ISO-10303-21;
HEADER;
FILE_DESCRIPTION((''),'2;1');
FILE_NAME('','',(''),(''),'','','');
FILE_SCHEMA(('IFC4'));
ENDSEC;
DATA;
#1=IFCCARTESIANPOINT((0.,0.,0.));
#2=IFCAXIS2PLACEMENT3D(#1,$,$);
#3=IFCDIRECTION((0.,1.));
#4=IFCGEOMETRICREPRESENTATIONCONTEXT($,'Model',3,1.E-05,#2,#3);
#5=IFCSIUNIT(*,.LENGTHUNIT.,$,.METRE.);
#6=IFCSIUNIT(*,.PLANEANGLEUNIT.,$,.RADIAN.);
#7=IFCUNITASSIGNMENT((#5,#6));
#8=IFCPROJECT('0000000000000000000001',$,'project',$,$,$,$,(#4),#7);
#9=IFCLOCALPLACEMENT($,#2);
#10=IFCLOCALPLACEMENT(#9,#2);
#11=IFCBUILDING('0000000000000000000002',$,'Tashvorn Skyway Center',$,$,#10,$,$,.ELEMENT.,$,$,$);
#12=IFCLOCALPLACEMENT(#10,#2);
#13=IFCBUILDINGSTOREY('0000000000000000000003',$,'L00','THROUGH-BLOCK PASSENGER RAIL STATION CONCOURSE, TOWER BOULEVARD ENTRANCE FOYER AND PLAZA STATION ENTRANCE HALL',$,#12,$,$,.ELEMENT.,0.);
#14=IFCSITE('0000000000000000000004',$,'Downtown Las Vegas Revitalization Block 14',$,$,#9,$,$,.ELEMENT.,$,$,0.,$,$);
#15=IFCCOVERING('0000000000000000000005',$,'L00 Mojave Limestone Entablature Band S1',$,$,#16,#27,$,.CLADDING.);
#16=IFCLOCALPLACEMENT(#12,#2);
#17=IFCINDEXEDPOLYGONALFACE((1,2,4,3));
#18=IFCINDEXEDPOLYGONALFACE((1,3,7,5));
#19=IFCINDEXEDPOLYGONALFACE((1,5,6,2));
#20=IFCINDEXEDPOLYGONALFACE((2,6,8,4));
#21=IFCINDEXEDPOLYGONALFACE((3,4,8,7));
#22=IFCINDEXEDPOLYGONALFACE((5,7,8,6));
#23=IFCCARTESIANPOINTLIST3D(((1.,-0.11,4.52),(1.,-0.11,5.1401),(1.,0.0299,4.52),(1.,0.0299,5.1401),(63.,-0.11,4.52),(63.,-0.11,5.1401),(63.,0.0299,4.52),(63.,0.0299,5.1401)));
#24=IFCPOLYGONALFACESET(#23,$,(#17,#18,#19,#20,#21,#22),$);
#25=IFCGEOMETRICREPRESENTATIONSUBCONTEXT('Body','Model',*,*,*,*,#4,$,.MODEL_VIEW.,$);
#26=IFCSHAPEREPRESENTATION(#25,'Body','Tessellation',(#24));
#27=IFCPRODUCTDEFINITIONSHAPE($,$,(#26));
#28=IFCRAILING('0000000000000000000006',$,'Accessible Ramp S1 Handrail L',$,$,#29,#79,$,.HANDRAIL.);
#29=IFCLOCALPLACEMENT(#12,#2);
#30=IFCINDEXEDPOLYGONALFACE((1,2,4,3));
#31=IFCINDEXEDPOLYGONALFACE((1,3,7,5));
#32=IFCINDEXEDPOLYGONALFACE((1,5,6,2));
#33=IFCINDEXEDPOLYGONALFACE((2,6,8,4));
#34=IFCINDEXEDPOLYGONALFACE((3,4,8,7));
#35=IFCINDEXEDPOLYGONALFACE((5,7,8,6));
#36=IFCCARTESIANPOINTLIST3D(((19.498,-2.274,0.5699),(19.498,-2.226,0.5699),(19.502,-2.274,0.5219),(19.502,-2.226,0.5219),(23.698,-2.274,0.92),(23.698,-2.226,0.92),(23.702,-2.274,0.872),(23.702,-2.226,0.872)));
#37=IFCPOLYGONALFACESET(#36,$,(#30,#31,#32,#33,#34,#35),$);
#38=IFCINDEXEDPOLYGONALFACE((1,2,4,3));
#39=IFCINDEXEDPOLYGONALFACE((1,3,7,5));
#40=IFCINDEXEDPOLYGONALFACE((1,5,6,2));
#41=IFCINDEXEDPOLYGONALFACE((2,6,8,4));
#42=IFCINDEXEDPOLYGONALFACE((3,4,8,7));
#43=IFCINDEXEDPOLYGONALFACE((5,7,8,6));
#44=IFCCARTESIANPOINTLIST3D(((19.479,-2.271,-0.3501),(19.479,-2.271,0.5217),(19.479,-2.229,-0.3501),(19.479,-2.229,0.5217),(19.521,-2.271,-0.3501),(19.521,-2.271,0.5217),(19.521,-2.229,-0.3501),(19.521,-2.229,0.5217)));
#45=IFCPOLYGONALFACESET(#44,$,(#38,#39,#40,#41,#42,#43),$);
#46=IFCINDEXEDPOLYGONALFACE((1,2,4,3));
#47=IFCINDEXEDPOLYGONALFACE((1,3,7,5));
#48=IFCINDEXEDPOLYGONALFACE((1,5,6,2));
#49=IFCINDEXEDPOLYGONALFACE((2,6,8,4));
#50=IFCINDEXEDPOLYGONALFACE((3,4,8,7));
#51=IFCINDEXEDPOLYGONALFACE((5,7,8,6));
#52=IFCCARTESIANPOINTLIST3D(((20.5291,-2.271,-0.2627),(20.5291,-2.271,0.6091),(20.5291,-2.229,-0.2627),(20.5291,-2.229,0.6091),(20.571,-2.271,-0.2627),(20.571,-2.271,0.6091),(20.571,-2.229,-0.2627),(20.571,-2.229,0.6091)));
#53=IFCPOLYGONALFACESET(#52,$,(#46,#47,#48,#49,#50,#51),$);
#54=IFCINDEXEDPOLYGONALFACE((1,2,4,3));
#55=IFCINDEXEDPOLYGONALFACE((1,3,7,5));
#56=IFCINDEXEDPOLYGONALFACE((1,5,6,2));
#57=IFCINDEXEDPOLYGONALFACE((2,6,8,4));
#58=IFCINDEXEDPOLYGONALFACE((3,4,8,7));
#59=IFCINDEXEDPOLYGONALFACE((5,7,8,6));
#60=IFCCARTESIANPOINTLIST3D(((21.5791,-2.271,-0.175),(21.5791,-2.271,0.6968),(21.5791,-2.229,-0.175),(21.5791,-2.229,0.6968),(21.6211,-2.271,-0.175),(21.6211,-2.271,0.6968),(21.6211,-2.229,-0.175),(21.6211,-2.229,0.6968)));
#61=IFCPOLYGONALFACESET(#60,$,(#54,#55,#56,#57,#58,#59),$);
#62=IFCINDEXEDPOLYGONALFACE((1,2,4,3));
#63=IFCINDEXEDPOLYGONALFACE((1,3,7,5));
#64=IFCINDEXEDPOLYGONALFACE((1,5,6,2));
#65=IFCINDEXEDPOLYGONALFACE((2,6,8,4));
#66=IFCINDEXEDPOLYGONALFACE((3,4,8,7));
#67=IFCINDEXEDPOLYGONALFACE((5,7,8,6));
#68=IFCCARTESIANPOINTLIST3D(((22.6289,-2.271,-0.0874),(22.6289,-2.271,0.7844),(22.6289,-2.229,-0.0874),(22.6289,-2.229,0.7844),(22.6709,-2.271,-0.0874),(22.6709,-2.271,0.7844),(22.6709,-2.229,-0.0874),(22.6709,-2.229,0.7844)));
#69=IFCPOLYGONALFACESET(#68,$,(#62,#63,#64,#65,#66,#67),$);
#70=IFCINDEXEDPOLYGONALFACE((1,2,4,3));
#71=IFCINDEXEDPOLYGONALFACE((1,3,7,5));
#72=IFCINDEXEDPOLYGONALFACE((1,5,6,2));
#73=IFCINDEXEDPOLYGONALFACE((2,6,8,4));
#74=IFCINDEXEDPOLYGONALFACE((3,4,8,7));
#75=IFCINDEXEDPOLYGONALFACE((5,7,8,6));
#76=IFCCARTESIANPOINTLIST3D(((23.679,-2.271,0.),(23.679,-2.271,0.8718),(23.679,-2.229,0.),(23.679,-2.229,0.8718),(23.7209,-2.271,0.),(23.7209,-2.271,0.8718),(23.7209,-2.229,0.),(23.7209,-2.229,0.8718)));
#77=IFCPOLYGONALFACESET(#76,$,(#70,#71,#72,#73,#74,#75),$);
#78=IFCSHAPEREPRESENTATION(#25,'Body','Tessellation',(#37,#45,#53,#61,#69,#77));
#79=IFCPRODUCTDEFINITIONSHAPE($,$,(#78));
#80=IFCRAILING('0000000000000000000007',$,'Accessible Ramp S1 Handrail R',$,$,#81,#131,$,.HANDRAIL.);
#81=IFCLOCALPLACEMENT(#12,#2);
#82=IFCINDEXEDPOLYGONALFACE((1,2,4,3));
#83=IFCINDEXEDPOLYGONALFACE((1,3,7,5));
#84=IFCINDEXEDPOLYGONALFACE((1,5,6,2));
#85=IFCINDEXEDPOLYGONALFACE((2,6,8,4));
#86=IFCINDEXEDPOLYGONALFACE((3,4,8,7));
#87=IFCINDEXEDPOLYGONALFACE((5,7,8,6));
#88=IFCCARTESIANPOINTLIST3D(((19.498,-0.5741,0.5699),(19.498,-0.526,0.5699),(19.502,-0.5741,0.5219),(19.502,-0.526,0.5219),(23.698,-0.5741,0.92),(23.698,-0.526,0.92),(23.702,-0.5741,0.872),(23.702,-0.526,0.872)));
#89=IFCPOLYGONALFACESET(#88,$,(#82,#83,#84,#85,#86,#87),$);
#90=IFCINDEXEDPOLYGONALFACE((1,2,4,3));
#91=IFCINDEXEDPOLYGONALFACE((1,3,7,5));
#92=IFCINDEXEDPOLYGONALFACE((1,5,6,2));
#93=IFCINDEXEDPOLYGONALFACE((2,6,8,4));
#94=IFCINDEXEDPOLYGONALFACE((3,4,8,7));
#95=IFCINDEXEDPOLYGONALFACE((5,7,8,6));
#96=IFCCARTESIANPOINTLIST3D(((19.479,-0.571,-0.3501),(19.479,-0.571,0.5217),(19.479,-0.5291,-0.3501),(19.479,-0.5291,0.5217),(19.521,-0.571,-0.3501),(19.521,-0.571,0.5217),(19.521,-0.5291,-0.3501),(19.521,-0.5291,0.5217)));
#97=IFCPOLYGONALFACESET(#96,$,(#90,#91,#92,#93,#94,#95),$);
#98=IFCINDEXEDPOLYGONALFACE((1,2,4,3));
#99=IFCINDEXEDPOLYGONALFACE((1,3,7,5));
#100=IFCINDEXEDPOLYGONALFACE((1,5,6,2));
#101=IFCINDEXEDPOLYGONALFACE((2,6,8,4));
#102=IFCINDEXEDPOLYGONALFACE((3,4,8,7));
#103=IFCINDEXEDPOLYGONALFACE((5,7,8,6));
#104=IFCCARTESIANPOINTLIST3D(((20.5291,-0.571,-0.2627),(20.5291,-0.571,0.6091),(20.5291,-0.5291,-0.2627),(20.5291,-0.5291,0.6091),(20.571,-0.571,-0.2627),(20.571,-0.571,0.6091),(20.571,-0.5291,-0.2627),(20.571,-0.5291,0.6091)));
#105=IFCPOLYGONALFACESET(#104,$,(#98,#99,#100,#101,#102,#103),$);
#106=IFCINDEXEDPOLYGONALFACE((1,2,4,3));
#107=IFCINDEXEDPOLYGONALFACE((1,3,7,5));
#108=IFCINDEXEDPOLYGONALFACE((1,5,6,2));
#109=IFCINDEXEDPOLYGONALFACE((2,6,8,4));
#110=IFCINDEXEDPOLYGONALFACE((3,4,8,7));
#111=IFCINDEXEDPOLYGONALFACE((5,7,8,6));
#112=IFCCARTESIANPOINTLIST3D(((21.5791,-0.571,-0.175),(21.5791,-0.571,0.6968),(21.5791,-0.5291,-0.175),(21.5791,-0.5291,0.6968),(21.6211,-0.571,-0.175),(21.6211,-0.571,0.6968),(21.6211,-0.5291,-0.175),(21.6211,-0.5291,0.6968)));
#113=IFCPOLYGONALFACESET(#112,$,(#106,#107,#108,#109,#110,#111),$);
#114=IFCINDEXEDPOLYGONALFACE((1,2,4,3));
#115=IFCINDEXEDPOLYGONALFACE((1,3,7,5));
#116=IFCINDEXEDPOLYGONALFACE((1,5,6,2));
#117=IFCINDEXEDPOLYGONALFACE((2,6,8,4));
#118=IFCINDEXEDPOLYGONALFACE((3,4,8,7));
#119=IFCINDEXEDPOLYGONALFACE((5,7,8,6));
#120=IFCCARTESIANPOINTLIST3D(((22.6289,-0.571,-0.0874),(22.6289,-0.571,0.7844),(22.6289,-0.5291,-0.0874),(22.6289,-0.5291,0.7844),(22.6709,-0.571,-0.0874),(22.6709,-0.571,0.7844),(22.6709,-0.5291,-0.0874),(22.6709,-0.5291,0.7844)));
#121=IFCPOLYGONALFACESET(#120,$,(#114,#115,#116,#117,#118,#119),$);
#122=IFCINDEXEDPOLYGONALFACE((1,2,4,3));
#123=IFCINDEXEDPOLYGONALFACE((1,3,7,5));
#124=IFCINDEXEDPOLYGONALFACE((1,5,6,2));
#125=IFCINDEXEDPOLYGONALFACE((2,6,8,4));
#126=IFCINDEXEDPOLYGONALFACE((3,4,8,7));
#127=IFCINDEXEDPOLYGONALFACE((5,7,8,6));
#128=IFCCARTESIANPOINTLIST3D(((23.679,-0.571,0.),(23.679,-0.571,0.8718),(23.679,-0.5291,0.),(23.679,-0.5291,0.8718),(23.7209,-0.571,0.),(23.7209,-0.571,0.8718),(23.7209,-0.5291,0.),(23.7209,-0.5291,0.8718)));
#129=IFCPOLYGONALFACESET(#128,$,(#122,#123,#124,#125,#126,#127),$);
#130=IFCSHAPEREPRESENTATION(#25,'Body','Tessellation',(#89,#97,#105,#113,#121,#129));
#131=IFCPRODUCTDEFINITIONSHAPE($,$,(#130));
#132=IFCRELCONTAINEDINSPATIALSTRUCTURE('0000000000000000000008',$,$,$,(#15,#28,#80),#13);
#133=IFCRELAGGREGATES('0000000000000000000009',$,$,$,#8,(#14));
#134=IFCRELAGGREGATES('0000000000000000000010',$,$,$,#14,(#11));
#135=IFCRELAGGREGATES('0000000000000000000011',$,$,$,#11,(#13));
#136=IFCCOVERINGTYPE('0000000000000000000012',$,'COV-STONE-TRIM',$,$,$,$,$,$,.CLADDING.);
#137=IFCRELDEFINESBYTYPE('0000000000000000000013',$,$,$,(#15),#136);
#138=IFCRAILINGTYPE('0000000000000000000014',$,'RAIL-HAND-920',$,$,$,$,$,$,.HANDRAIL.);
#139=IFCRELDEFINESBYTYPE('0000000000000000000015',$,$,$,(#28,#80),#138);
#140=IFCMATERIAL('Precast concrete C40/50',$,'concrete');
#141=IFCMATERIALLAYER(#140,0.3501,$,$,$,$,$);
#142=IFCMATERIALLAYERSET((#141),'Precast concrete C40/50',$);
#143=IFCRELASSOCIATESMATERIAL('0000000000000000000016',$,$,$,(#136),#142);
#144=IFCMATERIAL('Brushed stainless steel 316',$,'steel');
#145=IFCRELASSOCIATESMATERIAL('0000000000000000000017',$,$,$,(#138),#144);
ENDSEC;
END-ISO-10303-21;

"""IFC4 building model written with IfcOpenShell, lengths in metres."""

from ifc_helpers import new_model, si_unit, direction, frame, origin, origin_2d, place, context, subcontext, project, spatial, rectangle, extrude, material, layer, layer_set, type_object, element, save


model = new_model("IFC4")

# Units and contexts
model_context = context("Model", 3, precision=1e-05, world=origin(), true_north=direction((0.0, 1.0)))
body_context = subcontext(model_context, "Body", "Model", "MODEL_VIEW")
ifc_project = project(units=[si_unit("LENGTHUNIT", "METRE"), si_unit("PLANEANGLEUNIT", "RADIAN")], contexts=[model_context])

# Site, building, storey
site_placement = place(None, origin())
site = spatial("IfcSite", under=ifc_project, at=site_placement, Name="Downtown Las Vegas Revitalization Block 14", CompositionType="ELEMENT", RefElevation=0.0)
building_placement = place(site_placement, origin())
building = spatial("IfcBuilding", under=site, at=building_placement, Name="Tashvorn Skyway Center", CompositionType="ELEMENT")
storey_placement = place(building_placement, origin())
storey = spatial("IfcBuildingStorey", under=building, at=storey_placement, Name="L00", Description="THROUGH-BLOCK PASSENGER RAIL STATION CONCOURSE, TOWER BOULEVARD ENTRANCE FOYER AND PLAZA STATION ENTRANCE HALL", CompositionType="ELEMENT", Elevation=0.0)

# Shared definitions
ifc_material_1 = material(Name="Precast concrete C40/50", Category="concrete")

# Covering
ifc_layer_1 = layer(ifc_material_1, 0.3501)
ifc_layer_set_1 = layer_set([ifc_layer_1], Name="Precast concrete C40/50")
covering_type = type_object("IfcCoveringType", Name="COV-STONE-TRIM", PredefinedType="CLADDING", material=ifc_layer_set_1)
covering_placement = place(storey_placement, frame((32.0, -0.04, 4.52), z_axis=(0.0, 0.0, 1.0), x_axis=(1.0, 0.0, 0.0)))
element("IfcCovering", 1, at=covering_placement, inside=storey, type_object=covering_type, Name="L00 Mojave Limestone Entablature Band S1", PredefinedType="CLADDING", context=body_context, shape_type="SweptSolid", body=[
    extrude(rectangle(XDim=62.0, YDim=0.1399, at=origin_2d()), origin(), (0.0, 0.0, 1.0), 0.6201),
])

# Railings
ifc_material_2 = material(Name="Brushed stainless steel 316", Category="steel")
railing_type = type_object("IfcRailingType", Name="RAIL-HAND-920", PredefinedType="HANDRAIL", material=ifc_material_2)
for number, where, name in (
    (2, (19.5, -2.25, -0.3501), "Accessible Ramp S1 Handrail L"),
    (3, (19.5, -0.55, -0.3501), "Accessible Ramp S1 Handrail R"),
):
    element("IfcRailing", number, at=place(storey_placement, frame(where)), inside=storey, type_object=railing_type, Name=name, PredefinedType="HANDRAIL", context=body_context, shape_type="SweptSolid", body=[
        extrude(rectangle(XDim=0.0481, YDim=0.0481, at=origin_2d()), frame((0.0, 0.0, 0.896), z_axis=(0.996544, 0.0, 0.083069), x_axis=(0.0, 1.0, 0.0)), (0.0, 0.0, 1.0), 4.2146),
        extrude(rectangle(XDim=0.042, YDim=0.042, at=origin_2d()), origin(), (0.0, 0.0, 1.0), 0.8718),
        extrude(rectangle(XDim=0.042, YDim=0.042, at=origin_2d()), frame((1.05, 0.0, 0.0874)), (0.0, 0.0, 1.0), 0.8718),
        extrude(rectangle(XDim=0.042, YDim=0.042, at=origin_2d()), frame((2.1001, 0.0, 0.175)), (0.0, 0.0, 1.0), 0.8718),
        extrude(rectangle(XDim=0.042, YDim=0.042, at=origin_2d()), frame((3.1499, 0.0, 0.2627)), (0.0, 0.0, 1.0), 0.8718),
        extrude(rectangle(XDim=0.042, YDim=0.042, at=origin_2d()), frame((4.2, 0.0, 0.3501)), (0.0, 0.0, 1.0), 0.8718),
    ])

save(model, "model.ifc")
